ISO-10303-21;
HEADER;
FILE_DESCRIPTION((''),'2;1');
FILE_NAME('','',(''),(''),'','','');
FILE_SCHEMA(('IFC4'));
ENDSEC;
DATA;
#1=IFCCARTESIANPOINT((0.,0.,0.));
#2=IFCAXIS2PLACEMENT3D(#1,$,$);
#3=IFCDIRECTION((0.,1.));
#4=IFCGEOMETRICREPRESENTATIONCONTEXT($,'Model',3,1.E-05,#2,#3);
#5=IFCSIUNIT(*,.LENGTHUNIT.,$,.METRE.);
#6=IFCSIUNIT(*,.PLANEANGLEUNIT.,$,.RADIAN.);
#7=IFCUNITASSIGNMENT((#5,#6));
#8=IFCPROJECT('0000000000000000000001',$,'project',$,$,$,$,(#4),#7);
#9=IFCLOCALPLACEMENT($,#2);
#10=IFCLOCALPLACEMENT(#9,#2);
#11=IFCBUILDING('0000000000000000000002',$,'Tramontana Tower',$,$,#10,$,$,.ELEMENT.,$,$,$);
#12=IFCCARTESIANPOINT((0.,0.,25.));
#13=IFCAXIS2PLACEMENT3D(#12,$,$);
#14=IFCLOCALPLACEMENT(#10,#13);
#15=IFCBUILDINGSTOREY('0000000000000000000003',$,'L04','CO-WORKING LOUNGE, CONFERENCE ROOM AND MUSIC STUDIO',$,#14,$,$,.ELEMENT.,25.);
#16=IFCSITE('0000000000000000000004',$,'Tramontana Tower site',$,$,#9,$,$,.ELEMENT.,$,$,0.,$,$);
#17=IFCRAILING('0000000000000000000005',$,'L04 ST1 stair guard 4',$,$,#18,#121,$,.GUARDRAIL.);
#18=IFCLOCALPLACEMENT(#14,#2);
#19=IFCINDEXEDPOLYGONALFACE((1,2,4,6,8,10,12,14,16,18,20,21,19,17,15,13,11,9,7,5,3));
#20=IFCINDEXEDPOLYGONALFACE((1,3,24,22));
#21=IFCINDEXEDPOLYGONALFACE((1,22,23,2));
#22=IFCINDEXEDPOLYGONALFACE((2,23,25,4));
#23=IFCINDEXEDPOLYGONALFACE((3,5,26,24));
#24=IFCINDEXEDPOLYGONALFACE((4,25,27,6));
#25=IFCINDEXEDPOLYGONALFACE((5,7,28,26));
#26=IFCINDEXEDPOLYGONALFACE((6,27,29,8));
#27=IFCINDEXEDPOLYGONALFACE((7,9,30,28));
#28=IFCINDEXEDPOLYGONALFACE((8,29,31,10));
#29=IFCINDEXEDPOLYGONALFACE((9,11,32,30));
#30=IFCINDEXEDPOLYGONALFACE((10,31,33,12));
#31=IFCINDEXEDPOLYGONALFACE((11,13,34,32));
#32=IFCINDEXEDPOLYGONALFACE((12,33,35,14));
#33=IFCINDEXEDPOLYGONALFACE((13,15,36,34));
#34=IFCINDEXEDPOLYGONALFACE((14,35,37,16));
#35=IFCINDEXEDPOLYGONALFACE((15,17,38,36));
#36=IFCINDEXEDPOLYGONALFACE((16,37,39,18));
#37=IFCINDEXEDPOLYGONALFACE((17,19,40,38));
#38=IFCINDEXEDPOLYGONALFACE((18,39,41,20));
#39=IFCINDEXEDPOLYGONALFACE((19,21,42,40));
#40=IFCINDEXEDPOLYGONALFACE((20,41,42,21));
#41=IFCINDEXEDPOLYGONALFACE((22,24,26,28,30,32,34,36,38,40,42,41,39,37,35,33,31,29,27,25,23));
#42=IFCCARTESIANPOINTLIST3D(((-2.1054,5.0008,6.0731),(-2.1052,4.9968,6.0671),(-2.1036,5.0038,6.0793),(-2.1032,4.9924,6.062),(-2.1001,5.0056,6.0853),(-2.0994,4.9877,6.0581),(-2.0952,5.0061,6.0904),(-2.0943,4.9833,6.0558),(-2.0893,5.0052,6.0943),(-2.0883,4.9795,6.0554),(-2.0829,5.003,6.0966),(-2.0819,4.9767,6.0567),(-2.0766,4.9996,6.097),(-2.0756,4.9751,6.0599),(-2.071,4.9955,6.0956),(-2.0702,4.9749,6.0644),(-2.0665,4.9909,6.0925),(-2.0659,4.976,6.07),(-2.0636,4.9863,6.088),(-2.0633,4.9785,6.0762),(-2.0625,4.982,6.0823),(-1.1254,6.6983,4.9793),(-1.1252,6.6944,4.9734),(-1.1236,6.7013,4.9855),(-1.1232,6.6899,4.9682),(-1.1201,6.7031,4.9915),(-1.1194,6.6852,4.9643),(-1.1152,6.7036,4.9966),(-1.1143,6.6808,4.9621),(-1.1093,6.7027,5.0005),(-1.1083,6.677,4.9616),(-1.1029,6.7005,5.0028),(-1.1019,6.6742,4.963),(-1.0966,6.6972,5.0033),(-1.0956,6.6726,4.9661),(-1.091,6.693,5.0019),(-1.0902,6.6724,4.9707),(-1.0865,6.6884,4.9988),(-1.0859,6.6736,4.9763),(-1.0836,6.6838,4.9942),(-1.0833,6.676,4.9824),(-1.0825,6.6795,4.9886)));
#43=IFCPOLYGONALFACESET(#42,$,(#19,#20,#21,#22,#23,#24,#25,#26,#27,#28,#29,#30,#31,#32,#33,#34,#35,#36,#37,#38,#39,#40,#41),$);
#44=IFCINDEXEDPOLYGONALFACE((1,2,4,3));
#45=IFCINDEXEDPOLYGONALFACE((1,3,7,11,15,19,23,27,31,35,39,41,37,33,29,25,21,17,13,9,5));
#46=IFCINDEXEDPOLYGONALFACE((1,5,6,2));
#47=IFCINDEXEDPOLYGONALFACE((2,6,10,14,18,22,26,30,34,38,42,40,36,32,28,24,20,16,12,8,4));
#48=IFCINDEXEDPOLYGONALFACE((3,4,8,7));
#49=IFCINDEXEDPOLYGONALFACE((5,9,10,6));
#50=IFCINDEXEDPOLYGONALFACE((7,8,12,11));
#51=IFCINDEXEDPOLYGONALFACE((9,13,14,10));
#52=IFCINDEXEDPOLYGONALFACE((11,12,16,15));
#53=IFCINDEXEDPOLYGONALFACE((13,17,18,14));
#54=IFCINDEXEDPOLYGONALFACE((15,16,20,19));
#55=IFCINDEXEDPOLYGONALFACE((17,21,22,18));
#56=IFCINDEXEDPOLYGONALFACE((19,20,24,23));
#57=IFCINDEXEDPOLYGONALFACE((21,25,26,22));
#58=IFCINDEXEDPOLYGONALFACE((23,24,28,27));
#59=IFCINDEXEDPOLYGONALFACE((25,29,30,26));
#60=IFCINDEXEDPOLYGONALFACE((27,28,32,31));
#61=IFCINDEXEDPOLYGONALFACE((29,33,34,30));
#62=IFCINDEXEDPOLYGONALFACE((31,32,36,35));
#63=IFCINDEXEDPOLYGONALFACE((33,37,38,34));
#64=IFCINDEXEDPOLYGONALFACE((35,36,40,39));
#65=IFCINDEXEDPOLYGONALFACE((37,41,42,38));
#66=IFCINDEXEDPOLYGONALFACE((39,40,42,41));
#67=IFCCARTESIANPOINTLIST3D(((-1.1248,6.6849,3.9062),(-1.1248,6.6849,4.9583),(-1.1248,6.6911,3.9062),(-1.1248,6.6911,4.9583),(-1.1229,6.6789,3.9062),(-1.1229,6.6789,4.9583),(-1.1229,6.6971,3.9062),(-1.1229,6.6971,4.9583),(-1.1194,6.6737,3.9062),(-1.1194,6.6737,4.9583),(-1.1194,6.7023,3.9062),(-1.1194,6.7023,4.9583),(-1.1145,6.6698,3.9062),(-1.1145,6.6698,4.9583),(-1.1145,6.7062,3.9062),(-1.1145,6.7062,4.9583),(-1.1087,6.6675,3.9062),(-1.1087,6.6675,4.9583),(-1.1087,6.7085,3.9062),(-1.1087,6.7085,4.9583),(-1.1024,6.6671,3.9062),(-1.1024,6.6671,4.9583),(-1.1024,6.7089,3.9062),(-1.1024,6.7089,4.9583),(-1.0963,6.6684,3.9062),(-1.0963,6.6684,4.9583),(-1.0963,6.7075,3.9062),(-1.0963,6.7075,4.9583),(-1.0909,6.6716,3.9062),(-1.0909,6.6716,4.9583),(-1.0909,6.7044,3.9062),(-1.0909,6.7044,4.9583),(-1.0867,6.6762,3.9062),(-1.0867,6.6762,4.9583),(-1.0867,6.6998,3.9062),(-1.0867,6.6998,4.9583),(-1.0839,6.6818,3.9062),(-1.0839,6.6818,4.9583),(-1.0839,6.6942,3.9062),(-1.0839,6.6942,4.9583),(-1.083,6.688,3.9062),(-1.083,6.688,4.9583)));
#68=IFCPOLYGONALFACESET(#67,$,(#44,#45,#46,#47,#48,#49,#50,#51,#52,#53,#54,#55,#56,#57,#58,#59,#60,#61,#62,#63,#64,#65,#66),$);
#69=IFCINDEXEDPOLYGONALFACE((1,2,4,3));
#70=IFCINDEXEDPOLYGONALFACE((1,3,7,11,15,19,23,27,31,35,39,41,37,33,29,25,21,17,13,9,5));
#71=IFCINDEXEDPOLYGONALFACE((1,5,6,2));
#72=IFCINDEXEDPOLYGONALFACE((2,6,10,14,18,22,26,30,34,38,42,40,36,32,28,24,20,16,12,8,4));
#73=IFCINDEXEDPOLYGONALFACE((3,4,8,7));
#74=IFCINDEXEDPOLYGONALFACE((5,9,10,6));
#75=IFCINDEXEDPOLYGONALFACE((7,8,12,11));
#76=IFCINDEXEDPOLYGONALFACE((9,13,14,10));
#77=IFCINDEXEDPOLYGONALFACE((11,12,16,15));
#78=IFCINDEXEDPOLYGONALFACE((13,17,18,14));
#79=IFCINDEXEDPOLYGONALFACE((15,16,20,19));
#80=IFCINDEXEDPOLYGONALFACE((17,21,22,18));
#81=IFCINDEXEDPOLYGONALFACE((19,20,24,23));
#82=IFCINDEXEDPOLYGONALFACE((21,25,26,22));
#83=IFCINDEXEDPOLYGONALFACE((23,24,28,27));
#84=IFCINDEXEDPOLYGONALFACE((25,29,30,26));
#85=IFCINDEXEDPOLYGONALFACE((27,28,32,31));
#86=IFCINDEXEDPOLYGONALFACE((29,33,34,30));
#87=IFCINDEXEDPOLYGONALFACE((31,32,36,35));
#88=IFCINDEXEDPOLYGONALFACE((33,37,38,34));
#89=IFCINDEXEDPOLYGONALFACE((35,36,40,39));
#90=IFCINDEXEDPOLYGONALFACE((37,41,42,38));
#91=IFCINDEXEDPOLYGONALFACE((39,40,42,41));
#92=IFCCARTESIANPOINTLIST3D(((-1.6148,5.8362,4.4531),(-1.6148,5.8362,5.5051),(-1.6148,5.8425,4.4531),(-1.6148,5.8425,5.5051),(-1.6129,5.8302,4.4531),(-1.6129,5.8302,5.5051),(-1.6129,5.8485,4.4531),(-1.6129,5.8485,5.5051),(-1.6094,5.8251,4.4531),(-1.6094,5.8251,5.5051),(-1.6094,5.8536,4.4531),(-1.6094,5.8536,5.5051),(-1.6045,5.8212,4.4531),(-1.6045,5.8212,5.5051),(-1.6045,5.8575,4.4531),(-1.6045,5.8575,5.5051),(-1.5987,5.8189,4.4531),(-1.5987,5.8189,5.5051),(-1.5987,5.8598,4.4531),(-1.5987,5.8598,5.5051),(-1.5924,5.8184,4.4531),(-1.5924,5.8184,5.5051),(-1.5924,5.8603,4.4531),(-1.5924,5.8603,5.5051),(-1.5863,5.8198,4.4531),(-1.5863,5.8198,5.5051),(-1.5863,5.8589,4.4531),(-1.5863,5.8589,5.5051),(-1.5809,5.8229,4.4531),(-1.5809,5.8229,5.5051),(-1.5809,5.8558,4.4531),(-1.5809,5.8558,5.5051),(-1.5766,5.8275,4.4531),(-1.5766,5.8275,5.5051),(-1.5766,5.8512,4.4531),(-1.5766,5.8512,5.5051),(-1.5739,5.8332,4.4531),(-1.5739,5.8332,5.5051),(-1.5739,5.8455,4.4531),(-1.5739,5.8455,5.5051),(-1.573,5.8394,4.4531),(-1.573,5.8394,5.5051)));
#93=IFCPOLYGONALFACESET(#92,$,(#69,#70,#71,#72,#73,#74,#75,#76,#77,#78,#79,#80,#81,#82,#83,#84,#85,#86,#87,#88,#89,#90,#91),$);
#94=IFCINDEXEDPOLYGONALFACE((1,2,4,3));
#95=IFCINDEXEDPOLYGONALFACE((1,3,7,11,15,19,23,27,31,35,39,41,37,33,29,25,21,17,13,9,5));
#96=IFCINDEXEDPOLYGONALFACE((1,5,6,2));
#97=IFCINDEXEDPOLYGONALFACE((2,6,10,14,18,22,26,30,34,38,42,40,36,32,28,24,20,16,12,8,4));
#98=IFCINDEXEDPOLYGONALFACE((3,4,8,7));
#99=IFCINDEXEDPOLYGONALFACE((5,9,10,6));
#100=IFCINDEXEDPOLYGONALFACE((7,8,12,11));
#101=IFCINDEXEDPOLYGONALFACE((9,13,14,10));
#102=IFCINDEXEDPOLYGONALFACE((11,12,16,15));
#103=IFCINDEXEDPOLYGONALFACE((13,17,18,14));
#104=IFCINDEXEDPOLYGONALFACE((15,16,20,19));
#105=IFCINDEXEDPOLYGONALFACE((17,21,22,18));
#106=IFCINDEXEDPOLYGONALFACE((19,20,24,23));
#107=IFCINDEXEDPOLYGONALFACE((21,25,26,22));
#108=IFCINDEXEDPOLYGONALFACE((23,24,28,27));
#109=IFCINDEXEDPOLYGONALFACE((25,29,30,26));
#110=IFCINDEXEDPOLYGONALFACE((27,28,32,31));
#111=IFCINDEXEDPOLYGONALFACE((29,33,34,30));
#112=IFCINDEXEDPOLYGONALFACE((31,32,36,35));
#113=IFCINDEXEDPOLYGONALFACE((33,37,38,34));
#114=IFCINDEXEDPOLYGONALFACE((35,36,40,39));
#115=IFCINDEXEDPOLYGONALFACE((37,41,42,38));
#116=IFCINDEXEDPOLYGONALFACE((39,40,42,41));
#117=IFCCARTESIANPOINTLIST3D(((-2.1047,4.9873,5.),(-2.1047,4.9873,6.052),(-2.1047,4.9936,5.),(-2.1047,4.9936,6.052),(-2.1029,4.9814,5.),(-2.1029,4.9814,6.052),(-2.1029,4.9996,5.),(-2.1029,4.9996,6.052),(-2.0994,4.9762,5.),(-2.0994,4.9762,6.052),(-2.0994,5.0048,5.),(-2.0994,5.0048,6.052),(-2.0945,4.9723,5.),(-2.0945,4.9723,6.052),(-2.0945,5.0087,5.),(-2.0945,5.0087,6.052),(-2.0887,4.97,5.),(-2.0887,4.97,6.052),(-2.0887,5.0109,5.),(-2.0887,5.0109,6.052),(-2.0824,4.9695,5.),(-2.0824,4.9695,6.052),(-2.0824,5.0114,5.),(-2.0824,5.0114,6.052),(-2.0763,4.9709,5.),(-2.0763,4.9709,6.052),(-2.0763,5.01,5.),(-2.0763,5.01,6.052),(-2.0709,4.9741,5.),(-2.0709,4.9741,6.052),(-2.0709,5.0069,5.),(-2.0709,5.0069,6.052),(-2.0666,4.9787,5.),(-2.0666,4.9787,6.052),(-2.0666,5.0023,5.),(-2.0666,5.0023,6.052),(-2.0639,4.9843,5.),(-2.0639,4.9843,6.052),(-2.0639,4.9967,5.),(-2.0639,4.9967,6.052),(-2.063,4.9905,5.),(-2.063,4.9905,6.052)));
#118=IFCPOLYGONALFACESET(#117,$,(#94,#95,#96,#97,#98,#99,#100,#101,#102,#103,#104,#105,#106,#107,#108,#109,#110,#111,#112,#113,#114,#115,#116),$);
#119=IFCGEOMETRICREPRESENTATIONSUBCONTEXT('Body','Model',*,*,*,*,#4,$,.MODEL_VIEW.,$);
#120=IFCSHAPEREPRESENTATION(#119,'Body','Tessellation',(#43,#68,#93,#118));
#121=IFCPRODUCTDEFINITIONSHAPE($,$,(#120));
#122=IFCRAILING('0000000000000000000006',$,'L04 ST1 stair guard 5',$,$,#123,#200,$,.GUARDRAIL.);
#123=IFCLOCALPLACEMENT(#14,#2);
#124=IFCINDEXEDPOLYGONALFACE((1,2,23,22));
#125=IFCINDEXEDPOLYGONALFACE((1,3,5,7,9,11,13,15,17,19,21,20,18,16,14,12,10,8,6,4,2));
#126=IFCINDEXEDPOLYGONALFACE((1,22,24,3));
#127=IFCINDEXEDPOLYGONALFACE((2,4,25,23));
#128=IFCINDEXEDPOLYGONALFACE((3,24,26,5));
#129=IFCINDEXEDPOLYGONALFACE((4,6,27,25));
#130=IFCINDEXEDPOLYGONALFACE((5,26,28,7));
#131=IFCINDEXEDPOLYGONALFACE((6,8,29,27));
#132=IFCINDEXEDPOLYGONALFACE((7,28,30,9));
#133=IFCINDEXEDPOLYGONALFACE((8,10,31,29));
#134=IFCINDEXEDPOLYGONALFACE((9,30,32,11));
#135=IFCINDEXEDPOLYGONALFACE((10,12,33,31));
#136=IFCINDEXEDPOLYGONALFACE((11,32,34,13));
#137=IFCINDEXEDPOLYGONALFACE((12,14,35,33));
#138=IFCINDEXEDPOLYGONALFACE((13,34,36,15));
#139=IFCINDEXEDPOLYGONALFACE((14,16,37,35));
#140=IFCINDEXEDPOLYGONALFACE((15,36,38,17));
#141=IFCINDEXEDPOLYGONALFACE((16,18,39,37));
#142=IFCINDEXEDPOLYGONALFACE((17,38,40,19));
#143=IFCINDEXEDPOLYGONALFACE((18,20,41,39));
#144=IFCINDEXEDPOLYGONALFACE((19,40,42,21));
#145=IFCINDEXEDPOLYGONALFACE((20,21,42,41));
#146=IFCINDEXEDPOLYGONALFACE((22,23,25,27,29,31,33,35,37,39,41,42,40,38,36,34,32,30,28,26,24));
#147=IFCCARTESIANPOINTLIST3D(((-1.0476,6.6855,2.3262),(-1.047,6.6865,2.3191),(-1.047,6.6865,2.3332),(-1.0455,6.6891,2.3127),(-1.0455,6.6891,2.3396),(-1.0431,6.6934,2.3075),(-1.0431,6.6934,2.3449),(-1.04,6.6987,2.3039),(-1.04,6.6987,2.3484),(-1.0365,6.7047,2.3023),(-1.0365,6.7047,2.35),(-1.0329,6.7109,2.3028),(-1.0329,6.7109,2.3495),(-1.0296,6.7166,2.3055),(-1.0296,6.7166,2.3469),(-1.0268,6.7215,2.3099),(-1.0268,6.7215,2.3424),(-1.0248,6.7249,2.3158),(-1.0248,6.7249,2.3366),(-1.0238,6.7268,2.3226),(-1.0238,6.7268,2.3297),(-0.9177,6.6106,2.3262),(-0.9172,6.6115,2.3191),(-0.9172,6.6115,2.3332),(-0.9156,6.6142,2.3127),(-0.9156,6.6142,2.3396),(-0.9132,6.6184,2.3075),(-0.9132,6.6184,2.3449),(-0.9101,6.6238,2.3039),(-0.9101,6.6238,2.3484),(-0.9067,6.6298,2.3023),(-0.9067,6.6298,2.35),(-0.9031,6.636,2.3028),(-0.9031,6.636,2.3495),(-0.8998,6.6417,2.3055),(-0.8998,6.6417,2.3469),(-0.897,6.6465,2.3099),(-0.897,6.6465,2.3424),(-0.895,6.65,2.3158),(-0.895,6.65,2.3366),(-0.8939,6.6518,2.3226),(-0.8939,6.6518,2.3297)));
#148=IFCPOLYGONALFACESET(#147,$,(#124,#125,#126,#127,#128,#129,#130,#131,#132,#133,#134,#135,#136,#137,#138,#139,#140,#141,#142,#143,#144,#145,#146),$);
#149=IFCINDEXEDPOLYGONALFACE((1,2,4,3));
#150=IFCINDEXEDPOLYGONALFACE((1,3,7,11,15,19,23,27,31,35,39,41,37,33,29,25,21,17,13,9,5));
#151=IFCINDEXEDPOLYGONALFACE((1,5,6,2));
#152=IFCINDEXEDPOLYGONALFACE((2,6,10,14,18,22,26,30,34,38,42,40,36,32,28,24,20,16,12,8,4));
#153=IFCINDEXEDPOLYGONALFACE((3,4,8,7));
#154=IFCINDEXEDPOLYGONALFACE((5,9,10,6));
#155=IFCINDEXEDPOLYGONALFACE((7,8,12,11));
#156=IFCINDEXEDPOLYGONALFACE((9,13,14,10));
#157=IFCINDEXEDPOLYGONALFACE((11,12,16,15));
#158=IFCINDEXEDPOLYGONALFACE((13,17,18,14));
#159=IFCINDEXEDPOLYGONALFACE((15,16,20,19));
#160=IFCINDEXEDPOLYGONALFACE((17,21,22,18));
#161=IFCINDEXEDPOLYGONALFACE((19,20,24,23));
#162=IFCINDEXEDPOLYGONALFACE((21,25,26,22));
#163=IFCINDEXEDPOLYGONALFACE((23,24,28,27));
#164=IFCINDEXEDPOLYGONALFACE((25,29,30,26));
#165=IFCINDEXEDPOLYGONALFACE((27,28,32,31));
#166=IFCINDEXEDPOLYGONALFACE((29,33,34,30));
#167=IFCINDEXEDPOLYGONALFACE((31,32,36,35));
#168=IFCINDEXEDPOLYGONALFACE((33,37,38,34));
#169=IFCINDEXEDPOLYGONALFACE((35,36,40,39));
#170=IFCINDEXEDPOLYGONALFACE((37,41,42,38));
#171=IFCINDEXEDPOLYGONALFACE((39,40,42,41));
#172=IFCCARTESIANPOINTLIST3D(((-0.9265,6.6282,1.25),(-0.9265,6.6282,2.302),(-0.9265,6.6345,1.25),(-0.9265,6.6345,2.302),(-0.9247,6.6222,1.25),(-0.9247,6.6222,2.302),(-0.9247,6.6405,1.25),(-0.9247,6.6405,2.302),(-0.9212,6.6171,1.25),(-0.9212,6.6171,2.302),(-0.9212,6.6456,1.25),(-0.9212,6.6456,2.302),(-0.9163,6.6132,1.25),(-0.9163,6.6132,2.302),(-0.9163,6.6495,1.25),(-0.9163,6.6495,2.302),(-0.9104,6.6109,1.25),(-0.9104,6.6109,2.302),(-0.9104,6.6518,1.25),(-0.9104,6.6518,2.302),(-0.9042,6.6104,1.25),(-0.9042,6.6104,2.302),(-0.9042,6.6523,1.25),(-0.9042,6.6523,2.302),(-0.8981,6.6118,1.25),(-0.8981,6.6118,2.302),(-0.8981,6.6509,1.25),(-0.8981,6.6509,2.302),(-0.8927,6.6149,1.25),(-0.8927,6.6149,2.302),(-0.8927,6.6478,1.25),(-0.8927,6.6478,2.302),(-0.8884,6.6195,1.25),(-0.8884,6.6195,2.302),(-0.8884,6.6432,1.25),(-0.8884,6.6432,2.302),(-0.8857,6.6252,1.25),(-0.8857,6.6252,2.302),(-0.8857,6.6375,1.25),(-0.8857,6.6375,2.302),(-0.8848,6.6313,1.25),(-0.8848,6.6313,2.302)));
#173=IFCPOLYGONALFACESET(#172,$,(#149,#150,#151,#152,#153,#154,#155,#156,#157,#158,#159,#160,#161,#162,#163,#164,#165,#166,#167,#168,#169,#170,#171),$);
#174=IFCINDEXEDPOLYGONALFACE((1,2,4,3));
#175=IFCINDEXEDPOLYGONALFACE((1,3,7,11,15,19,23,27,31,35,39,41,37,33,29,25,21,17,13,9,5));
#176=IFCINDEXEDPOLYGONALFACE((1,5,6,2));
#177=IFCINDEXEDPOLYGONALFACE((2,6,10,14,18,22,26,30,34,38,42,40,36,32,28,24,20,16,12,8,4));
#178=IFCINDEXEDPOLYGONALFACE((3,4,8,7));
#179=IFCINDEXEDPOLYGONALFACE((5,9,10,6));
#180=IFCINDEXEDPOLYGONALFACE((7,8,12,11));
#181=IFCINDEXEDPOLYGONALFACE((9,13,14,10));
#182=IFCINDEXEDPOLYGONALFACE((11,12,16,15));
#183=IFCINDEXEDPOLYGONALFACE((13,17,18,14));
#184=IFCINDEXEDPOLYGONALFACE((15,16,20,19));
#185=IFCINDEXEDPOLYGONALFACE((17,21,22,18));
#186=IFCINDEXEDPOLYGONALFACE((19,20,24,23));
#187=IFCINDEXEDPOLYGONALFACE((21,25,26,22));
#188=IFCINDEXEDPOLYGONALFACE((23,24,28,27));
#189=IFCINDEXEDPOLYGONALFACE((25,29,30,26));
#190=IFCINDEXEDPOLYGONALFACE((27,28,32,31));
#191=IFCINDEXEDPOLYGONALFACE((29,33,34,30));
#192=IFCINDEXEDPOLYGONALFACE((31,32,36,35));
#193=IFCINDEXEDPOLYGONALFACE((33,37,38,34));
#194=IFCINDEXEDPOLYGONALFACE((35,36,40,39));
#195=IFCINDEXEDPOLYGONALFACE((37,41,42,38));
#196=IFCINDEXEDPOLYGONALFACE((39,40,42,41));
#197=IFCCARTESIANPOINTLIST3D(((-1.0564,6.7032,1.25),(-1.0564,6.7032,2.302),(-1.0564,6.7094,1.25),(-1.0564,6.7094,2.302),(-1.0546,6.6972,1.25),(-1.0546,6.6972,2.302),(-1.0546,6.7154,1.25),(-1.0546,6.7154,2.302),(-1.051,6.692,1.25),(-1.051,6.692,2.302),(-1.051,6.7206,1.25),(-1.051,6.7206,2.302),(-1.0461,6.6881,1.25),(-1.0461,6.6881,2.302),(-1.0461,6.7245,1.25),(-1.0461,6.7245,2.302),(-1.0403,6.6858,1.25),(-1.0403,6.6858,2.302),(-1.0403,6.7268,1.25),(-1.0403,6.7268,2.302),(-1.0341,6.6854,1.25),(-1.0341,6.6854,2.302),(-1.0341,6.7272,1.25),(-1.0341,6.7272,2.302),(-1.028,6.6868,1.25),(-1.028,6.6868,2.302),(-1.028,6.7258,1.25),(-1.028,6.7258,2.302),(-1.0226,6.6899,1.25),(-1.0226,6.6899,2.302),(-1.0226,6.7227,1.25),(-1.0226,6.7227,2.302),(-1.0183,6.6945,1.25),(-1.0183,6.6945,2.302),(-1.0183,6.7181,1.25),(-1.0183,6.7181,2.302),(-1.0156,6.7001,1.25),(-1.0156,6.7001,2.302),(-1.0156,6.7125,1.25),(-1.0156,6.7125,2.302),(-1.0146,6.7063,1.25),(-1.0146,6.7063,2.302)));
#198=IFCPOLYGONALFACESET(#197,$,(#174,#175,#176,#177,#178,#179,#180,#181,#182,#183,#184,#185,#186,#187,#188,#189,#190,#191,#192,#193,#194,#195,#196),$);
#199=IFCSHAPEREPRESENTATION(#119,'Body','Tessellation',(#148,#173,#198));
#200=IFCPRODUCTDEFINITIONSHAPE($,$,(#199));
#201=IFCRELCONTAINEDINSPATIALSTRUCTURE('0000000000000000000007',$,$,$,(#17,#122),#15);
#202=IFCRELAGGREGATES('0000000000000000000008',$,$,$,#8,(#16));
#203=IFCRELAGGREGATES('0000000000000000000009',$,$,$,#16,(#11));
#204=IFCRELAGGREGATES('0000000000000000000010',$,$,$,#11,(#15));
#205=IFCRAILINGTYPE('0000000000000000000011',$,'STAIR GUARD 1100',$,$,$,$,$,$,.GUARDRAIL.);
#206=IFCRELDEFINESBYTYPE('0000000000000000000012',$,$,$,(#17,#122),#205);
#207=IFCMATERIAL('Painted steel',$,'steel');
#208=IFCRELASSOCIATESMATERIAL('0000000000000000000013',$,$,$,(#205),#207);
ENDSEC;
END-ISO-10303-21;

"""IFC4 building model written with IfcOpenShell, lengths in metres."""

from ifc_helpers import new_model, si_unit, direction, frame, origin, origin_2d, place, context, subcontext, project, spatial, circle, extrude, material, type_object, element, save


model = new_model("IFC4")

# Units and contexts
model_context = context("Model", 3, precision=1e-05, world=origin(), true_north=direction((0.0, 1.0)))
body_context = subcontext(model_context, "Body", "Model", "MODEL_VIEW")
ifc_project = project(units=[si_unit("LENGTHUNIT", "METRE"), si_unit("PLANEANGLEUNIT", "RADIAN")], contexts=[model_context])

# Site, building, storey
site_placement = place(None, origin())
site = spatial("IfcSite", under=ifc_project, at=site_placement, Name="Tramontana Tower site", CompositionType="ELEMENT", RefElevation=0.0)
building_placement = place(site_placement, origin())
building = spatial("IfcBuilding", under=site, at=building_placement, Name="Tramontana Tower", CompositionType="ELEMENT")
storey_placement = place(building_placement, frame((0.0, 0.0, 25.0)))
storey = spatial("IfcBuildingStorey", under=building, at=storey_placement, Name="L04", Description="CO-WORKING LOUNGE, CONFERENCE ROOM AND MUSIC STUDIO", CompositionType="ELEMENT", Elevation=25.0)

# Railings
ifc_material_1 = material(Name="Painted steel", Category="steel")
railing_type_1 = type_object("IfcRailingType", Name="STAIR GUARD 1100", PredefinedType="GUARDRAIL", material=ifc_material_1)
for number, where, name in (
    (1, (-1.104, 6.688, 3.9062), "L04 ST1 stair guard 4"),
):
    element("IfcRailing", number, at=place(storey_placement, frame(where)), inside=storey, type_object=railing_type_1, Name=name, PredefinedType="GUARDRAIL", context=body_context, shape_type="SweptSolid", body=[
        extrude(circle(Radius=0.0239, at=origin_2d()), frame((0.0, 0.0, 1.0762), z_axis=(-0.436596, -0.756267, 0.487282), x_axis=(0.866042, -0.49997, 0.0)), (0.0, 0.0, 1.0), 2.2446),
        extrude(circle(Radius=0.021, at=origin_2d()), origin(), (0.0, 0.0, 1.0), 1.052),
        extrude(circle(Radius=0.021, at=origin_2d()), frame((-0.49, -0.8486, 0.5469)), (0.0, 0.0, 1.0), 1.052),
        extrude(circle(Radius=0.021, at=origin_2d()), frame((-0.98, -1.6975, 1.0938)), (0.0, 0.0, 1.0), 1.052),
    ])
for number, where, name in (
    (2, (-0.9058, 6.6313, 1.25), "L04 ST1 stair guard 5"),
):
    element("IfcRailing", number, at=place(storey_placement, frame(where)), inside=storey, type_object=railing_type_1, Name=name, PredefinedType="GUARDRAIL", context=body_context, shape_type="SweptSolid", body=[
        extrude(circle(Radius=0.0239, at=origin_2d()), frame((0.0, 0.0, 1.0762), z_axis=(-0.866131, 0.499816, 0.0), x_axis=(-0.499816, -0.866131, 0.0)), (0.0, 0.0, 1.0), 0.1499),
        extrude(circle(Radius=0.021, at=origin_2d()), origin(), (0.0, 0.0, 1.0), 1.052),
        extrude(circle(Radius=0.021, at=origin_2d()), frame((-0.1299, 0.075, 0.0)), (0.0, 0.0, 1.0), 1.052),
    ])

save(model, "model.ifc")
